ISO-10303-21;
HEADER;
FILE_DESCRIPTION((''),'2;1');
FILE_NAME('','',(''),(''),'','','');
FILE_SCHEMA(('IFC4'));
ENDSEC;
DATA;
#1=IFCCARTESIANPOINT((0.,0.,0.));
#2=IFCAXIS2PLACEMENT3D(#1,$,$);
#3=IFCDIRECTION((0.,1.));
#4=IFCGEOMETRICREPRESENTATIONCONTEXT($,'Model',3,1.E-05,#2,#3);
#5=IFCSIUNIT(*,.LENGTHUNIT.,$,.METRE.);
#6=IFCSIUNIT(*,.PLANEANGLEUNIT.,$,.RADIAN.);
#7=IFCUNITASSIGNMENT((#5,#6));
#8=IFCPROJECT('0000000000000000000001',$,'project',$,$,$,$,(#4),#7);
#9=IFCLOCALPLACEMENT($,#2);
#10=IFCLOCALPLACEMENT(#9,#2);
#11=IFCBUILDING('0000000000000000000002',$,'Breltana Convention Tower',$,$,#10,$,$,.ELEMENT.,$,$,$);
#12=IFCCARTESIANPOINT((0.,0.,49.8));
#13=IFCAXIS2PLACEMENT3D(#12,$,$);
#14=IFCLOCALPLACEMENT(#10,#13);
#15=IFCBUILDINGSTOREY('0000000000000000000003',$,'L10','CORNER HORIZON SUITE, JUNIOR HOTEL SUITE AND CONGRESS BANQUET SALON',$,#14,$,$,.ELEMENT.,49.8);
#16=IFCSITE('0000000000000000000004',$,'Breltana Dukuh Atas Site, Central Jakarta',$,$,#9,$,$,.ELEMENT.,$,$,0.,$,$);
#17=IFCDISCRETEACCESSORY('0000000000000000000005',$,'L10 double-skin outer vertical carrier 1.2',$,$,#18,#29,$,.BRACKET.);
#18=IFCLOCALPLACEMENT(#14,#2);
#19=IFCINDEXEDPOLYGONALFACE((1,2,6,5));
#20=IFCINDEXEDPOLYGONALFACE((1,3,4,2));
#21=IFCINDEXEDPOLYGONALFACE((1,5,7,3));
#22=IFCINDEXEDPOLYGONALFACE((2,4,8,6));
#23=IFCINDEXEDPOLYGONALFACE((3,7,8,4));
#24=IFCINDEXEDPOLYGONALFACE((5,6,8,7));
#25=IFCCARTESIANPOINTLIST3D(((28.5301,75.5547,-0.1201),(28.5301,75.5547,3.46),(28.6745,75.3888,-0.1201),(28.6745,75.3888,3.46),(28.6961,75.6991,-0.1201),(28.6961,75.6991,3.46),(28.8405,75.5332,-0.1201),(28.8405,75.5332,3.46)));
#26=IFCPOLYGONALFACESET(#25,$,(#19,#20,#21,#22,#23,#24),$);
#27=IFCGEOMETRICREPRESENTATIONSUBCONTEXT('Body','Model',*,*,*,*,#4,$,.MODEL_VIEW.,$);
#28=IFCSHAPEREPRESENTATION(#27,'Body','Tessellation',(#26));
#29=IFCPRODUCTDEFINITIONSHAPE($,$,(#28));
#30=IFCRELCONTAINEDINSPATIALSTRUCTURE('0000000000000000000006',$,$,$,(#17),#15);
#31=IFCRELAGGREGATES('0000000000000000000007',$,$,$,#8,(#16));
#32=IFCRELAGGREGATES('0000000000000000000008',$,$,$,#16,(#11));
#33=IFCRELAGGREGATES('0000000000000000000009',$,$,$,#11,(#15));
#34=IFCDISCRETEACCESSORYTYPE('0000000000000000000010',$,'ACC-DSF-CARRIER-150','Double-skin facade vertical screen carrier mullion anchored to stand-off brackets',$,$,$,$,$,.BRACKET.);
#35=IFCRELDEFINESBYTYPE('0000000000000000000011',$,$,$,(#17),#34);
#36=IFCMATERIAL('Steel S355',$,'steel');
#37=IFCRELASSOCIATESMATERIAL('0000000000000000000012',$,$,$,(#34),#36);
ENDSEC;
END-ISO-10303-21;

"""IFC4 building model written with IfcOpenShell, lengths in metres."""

from ifc_helpers import new_model, si_unit, direction, frame, origin, origin_2d, place, context, subcontext, project, spatial, rectangle, extrude, source, transform, mapped, material, type_object, element, save


model = new_model("IFC4")

# Units and contexts
model_context = context("Model", 3, precision=1e-05, world=origin(), true_north=direction((0.0, 1.0)))
body_context = subcontext(model_context, "Body", "Model", "MODEL_VIEW")
ifc_project = project(units=[si_unit("LENGTHUNIT", "METRE"), si_unit("PLANEANGLEUNIT", "RADIAN")], contexts=[model_context])

# Site, building, storey
site_placement = place(None, origin())
site = spatial("IfcSite", under=ifc_project, at=site_placement, Name="Breltana Dukuh Atas Site, Central Jakarta", CompositionType="ELEMENT", RefElevation=0.0)
building_placement = place(site_placement, origin())
building = spatial("IfcBuilding", under=site, at=building_placement, Name="Breltana Convention Tower", CompositionType="ELEMENT")
storey_placement = place(building_placement, frame((0.0, 0.0, 49.8)))
storey = spatial("IfcBuildingStorey", under=building, at=storey_placement, Name="L10", Description="CORNER HORIZON SUITE, JUNIOR HOTEL SUITE AND CONGRESS BANQUET SALON", CompositionType="ELEMENT", Elevation=49.8)

# Discrete accessory
ifc_material_1 = material(Name="Steel S355", Category="steel")
discrete_accessory_type_1 = type_object("IfcDiscreteAccessoryType", Name="ACC-DSF-CARRIER-150", Description="Double-skin facade vertical screen carrier mullion anchored to stand-off brackets", PredefinedType="BRACKET", material=ifc_material_1)
shared_shape_1 = source(origin(), body_context, "Body", "SweptSolid", [
    extrude(rectangle(XDim=0.22, YDim=0.22, at=origin_2d()), origin(), (0.0, 0.0, 1.0), 3.5801),
])
for number, where, z_axis, x_axis, name in (
    (1, (28.6853, 75.5439, -0.1201), (0.0, 0.0, 1.0), (-0.656457, 0.754364, 0.0), "L10 double-skin outer vertical carrier 1.2"),
):
    element("IfcDiscreteAccessory", number, at=place(storey_placement, frame(where, z_axis=z_axis, x_axis=x_axis)), inside=storey, type_object=discrete_accessory_type_1, Name=name, PredefinedType="BRACKET", context=body_context, shape_type="MappedRepresentation", body=[
        mapped(shared_shape_1, transform((0.0, 0.0, 0.0), scale=1.0)),
    ])

save(model, "model.ifc")
